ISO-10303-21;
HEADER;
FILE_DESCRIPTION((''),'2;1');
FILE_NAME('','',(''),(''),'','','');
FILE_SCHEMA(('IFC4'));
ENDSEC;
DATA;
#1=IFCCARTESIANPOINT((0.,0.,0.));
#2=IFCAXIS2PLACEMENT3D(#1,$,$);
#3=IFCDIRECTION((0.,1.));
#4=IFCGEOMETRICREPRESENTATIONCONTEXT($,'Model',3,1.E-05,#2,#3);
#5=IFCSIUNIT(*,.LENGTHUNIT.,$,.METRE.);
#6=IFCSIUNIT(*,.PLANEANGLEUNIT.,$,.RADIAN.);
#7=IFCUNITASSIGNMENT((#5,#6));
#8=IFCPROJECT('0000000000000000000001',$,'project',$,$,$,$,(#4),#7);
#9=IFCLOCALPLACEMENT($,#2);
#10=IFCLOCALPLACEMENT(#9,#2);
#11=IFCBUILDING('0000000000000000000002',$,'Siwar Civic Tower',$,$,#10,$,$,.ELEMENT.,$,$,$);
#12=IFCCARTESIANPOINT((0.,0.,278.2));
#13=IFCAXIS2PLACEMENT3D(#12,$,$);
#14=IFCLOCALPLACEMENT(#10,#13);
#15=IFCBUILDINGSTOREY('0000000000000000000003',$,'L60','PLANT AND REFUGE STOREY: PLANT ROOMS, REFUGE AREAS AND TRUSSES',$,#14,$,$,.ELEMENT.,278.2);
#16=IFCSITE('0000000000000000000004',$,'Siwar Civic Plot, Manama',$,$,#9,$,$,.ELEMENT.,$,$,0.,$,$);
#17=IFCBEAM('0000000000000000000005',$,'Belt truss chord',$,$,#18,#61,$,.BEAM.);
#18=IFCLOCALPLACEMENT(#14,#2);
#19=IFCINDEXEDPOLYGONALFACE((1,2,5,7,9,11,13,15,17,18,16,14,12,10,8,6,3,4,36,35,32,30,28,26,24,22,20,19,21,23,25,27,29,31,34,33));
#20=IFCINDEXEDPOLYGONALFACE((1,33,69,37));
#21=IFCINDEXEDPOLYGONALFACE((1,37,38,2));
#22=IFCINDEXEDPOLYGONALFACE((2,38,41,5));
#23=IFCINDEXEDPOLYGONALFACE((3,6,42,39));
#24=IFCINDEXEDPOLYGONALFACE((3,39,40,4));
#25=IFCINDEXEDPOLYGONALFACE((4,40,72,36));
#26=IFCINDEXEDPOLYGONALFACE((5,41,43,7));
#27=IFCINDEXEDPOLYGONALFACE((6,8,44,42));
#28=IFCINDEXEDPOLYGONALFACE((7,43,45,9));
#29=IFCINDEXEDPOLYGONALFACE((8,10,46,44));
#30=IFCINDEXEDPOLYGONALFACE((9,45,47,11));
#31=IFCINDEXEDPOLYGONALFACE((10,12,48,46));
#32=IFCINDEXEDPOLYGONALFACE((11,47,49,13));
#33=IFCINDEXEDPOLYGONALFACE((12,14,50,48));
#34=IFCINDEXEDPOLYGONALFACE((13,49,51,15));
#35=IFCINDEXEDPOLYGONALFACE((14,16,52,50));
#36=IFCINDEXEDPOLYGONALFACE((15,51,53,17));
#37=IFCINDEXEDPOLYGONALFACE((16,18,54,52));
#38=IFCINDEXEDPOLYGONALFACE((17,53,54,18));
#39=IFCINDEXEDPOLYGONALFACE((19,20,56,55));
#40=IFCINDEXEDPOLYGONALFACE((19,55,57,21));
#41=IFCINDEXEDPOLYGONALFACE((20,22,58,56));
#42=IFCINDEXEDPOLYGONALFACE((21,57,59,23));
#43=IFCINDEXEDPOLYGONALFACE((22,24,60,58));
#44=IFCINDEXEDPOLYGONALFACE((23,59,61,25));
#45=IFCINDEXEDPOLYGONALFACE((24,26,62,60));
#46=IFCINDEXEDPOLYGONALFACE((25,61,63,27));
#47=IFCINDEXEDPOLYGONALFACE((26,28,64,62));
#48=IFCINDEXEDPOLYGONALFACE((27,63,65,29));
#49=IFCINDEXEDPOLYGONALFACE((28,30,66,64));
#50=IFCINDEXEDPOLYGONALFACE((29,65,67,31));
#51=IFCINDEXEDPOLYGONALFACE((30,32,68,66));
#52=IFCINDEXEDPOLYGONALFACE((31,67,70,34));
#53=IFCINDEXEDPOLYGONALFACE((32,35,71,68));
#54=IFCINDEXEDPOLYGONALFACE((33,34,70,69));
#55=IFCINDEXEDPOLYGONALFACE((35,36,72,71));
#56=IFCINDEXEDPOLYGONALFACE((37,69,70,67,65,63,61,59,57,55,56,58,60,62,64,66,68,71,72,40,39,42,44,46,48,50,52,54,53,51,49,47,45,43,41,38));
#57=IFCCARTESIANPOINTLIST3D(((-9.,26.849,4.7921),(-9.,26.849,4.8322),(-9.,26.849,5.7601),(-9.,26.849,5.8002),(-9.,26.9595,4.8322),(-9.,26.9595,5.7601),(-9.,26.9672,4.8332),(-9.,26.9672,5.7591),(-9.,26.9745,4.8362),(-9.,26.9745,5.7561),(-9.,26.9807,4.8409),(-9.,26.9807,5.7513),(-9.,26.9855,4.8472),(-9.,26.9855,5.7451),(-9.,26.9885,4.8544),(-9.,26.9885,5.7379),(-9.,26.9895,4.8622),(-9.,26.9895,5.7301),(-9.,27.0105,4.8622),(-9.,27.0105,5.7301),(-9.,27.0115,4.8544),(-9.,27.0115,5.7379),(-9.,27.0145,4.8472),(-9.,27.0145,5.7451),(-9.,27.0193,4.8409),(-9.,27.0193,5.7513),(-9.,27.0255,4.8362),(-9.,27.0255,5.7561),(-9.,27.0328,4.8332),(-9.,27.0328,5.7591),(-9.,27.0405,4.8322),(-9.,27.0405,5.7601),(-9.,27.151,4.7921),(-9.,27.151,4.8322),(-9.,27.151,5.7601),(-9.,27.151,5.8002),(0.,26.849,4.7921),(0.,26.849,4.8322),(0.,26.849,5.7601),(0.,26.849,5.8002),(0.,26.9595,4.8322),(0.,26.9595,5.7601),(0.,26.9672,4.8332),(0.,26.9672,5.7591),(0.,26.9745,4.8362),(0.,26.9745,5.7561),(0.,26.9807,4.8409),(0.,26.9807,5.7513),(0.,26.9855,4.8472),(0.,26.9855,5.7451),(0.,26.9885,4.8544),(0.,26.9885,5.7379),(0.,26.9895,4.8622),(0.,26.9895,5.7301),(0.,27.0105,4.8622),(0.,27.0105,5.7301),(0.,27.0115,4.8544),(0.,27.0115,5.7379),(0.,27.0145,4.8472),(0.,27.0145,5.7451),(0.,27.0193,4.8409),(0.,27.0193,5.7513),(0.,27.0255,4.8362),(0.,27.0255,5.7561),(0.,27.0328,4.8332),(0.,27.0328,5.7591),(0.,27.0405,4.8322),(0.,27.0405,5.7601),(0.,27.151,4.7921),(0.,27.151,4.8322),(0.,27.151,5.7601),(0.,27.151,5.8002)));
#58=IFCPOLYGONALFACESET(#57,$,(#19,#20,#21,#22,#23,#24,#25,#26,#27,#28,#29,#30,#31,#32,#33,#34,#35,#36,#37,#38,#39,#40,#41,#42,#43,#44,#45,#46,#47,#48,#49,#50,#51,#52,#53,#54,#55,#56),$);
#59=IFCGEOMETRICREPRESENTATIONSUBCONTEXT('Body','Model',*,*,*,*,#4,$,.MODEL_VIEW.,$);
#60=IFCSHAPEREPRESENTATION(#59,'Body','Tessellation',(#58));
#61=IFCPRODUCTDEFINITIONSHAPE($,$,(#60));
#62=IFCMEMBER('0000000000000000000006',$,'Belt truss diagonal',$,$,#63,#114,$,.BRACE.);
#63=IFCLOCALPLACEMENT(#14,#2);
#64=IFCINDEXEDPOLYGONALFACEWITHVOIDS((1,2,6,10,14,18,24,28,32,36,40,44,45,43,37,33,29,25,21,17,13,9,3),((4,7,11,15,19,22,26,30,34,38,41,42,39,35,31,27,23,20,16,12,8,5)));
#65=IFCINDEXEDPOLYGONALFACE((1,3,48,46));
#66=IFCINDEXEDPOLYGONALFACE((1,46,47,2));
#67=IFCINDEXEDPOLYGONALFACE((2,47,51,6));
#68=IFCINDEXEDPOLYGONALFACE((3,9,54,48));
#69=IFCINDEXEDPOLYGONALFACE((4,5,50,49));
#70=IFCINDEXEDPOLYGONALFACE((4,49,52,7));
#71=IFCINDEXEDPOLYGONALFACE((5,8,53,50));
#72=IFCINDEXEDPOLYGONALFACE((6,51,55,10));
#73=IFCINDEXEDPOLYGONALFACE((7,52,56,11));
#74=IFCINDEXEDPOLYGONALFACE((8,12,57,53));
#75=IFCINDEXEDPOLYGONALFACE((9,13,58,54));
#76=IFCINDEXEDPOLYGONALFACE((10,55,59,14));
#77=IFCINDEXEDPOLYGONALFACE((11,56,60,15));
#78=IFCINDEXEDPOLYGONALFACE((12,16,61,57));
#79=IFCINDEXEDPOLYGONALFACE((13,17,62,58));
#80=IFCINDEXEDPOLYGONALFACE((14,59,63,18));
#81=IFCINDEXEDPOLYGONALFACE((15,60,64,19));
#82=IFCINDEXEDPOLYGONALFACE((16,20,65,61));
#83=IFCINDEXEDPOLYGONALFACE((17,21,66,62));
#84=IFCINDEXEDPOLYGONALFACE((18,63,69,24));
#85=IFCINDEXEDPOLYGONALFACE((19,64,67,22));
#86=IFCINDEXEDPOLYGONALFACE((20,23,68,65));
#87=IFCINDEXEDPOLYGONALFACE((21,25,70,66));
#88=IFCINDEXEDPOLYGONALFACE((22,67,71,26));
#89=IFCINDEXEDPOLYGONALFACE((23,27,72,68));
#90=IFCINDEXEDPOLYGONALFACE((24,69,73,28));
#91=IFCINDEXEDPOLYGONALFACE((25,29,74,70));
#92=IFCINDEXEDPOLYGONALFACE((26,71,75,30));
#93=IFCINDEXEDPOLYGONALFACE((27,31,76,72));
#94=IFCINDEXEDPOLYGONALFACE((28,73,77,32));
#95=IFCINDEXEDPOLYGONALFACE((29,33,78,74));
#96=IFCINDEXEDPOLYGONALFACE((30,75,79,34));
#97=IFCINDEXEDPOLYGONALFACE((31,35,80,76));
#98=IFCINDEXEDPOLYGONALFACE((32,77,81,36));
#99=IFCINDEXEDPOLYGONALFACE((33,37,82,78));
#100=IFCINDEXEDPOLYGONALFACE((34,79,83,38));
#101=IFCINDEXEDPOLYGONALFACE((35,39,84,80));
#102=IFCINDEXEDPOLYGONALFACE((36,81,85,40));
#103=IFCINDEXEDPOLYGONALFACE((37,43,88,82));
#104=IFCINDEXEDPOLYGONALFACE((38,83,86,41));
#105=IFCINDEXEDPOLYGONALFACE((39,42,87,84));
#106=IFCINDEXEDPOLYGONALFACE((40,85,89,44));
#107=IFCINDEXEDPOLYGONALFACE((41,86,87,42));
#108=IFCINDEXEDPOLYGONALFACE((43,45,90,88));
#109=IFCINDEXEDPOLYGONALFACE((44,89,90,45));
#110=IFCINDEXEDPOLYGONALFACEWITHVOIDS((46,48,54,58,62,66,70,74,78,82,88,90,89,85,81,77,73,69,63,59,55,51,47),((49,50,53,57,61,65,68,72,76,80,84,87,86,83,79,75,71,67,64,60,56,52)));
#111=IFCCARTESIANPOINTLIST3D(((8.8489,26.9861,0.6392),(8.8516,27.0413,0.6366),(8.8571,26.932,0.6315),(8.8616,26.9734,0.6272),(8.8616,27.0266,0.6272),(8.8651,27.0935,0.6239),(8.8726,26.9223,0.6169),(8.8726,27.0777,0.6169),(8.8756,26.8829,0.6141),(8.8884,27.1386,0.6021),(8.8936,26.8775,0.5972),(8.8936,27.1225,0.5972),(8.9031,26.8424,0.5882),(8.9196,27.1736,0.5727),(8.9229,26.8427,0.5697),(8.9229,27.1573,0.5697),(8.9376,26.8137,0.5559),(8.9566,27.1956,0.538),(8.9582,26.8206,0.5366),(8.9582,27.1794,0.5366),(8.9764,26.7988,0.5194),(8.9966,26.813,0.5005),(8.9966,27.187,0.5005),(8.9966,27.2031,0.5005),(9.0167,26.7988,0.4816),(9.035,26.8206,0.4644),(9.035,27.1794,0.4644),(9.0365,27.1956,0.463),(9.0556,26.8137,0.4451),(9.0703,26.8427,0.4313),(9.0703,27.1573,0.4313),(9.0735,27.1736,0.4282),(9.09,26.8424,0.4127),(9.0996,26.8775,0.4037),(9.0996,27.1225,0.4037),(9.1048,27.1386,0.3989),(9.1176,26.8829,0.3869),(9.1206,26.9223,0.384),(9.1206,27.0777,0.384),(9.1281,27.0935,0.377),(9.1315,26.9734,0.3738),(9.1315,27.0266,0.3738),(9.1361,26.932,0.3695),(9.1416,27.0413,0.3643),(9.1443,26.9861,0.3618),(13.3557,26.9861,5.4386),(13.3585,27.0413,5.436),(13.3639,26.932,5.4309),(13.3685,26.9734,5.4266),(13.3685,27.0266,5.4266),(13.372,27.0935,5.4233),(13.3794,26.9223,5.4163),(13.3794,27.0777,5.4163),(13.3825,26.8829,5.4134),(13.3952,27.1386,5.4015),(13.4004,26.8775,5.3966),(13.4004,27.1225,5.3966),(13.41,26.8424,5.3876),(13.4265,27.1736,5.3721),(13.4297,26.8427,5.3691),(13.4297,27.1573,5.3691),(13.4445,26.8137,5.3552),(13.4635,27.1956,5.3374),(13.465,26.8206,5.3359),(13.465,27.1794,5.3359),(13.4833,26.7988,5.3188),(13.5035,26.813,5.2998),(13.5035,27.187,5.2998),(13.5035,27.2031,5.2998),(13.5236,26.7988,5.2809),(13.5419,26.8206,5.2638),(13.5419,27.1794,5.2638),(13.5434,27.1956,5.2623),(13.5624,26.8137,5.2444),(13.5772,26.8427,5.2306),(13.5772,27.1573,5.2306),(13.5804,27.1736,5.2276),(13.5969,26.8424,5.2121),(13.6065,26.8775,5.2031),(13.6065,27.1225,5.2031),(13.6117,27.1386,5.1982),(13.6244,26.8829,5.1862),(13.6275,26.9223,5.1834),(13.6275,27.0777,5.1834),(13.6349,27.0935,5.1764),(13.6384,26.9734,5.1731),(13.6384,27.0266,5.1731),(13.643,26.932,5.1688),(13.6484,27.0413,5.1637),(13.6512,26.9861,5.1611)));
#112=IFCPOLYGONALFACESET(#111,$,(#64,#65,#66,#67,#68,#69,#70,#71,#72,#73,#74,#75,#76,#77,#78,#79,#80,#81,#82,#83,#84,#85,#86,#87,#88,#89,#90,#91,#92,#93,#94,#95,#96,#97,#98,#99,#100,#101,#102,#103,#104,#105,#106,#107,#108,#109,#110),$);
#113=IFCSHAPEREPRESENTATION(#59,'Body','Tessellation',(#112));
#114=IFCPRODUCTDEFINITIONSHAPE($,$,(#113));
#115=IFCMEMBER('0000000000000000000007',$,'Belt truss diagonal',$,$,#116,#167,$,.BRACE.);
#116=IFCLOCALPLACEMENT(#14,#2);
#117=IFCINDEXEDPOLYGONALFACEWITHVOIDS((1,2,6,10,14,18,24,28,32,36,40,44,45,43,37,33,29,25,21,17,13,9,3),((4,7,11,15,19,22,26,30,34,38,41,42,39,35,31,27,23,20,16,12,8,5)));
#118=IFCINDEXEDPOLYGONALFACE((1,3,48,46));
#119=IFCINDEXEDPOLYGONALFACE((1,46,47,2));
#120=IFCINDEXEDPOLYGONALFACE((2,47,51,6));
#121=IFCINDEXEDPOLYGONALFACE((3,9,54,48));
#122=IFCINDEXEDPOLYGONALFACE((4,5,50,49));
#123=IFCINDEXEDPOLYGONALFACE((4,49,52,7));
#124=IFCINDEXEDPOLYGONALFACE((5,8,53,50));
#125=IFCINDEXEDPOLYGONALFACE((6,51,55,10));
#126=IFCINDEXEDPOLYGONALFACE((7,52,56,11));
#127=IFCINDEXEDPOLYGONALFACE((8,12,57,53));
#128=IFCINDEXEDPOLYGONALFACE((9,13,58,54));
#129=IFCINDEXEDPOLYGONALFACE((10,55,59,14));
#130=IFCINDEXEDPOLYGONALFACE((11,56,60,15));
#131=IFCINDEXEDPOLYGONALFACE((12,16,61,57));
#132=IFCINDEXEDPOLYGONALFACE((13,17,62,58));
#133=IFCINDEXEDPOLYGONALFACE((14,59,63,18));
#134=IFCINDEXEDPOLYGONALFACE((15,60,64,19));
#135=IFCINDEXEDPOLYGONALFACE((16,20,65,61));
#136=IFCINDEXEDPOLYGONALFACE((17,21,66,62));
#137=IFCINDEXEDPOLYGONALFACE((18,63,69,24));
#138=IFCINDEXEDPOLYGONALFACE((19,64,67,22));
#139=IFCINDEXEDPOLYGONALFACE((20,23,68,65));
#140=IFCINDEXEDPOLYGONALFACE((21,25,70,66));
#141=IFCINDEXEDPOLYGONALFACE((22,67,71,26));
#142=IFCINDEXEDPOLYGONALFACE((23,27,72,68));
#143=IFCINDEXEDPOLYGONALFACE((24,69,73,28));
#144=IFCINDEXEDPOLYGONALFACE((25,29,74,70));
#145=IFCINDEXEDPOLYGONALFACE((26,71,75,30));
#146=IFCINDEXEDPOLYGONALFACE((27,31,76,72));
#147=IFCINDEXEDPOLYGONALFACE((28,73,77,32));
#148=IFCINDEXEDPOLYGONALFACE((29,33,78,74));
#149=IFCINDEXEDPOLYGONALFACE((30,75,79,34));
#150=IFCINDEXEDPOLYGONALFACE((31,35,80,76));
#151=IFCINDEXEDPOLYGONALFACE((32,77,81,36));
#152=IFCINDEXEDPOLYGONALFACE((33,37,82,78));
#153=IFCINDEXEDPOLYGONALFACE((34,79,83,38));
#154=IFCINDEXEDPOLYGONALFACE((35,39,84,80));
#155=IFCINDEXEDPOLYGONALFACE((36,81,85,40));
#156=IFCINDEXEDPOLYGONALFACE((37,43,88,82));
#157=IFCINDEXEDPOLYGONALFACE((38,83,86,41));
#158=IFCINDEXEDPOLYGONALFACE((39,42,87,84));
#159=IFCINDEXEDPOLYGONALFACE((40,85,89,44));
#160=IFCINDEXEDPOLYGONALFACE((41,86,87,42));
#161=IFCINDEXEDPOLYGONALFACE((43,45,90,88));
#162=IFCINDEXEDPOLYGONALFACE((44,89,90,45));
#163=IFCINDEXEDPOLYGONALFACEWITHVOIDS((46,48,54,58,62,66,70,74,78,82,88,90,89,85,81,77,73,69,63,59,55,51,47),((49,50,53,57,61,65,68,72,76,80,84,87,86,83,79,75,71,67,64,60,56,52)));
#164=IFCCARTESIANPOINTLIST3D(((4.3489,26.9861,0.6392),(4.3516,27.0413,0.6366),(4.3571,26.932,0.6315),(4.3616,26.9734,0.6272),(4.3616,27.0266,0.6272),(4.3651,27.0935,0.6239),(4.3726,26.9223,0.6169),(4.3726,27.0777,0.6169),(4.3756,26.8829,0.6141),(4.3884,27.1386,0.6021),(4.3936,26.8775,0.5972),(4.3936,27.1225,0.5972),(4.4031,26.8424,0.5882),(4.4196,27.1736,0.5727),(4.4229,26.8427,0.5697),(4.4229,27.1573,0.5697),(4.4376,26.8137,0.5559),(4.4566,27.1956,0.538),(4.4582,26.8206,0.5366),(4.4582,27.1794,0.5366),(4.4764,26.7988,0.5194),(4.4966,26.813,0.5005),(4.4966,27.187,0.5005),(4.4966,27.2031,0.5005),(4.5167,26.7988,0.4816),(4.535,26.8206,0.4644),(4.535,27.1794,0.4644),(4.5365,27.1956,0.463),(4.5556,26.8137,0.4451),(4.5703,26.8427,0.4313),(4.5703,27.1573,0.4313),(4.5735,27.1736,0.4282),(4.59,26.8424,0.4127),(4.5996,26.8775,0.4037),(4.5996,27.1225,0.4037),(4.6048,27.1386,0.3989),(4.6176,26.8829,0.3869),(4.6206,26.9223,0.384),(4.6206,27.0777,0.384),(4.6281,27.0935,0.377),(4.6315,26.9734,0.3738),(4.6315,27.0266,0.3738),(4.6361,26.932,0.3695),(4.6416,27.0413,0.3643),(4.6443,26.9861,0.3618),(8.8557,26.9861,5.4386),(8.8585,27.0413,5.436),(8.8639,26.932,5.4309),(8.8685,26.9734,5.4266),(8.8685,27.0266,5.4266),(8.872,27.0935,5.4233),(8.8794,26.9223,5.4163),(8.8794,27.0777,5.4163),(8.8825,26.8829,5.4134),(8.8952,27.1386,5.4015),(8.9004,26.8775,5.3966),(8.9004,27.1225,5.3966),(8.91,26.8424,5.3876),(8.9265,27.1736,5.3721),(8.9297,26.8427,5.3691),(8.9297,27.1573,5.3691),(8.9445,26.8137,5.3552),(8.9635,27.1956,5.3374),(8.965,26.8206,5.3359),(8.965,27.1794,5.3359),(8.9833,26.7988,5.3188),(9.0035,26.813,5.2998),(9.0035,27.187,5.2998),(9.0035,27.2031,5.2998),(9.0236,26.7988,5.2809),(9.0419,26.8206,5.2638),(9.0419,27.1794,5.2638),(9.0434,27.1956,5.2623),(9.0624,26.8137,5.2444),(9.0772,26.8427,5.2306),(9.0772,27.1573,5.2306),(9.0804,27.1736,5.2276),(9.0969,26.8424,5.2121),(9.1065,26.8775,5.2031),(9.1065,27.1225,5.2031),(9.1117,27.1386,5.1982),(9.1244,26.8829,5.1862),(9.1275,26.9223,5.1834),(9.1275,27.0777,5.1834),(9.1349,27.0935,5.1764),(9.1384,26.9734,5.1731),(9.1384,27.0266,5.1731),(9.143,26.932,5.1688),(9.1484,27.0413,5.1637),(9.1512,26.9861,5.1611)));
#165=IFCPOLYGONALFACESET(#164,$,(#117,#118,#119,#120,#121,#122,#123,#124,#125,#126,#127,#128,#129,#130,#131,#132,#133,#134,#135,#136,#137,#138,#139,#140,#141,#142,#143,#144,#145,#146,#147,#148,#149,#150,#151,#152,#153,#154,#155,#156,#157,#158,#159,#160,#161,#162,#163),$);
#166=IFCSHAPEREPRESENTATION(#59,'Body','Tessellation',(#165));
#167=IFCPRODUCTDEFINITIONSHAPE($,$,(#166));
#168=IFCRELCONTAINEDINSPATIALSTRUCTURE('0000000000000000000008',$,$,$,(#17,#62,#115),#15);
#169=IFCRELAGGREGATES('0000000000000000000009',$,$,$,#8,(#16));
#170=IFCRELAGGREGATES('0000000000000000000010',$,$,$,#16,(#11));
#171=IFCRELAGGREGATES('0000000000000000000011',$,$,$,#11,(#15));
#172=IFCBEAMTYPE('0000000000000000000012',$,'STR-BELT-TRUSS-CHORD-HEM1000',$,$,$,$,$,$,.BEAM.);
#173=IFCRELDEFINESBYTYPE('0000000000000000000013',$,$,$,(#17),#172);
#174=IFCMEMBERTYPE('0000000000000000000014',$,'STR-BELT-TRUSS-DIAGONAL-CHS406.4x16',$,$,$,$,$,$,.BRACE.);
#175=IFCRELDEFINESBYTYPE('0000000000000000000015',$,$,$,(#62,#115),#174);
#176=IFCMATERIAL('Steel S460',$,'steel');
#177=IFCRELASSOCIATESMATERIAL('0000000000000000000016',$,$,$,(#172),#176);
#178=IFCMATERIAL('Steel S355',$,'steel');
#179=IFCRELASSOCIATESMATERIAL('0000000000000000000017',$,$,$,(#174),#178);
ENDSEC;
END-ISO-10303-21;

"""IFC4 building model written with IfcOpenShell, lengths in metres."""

from ifc_helpers import new_model, si_unit, direction, frame, origin, origin_2d, place, context, subcontext, project, spatial, hollow_circle, i_section, extrude, material, material_profile, profile_set, type_object, element, save


model = new_model("IFC4")

# Units and contexts
model_context = context("Model", 3, precision=1e-05, world=origin(), true_north=direction((0.0, 1.0)))
body_context = subcontext(model_context, "Body", "Model", "MODEL_VIEW")
ifc_project = project(units=[si_unit("LENGTHUNIT", "METRE"), si_unit("PLANEANGLEUNIT", "RADIAN")], contexts=[model_context])

# Site, building, storey
site_placement = place(None, origin())
site = spatial("IfcSite", under=ifc_project, at=site_placement, Name="Siwar Civic Plot, Manama", CompositionType="ELEMENT", RefElevation=0.0)
building_placement = place(site_placement, origin())
building = spatial("IfcBuilding", under=site, at=building_placement, Name="Siwar Civic Tower", CompositionType="ELEMENT")
storey_placement = place(building_placement, frame((0.0, 0.0, 278.2)))
storey = spatial("IfcBuildingStorey", under=building, at=storey_placement, Name="L60", Description="PLANT AND REFUGE STOREY: PLANT ROOMS, REFUGE AREAS AND TRUSSES", CompositionType="ELEMENT", Elevation=278.2)

# Beam
ifc_material_1 = material(Name="Steel S460", Category="steel")
ifc_material_profile_1 = material_profile(ifc_material_1, i_section(OverallWidth=0.302, OverallDepth=1.0081, WebThickness=0.021, FlangeThickness=0.04, FilletRadius=0.03, at=origin_2d()), Name="HEM1000")
ifc_profile_set_1 = profile_set([ifc_material_profile_1], Name="Steel S460")
beam_type_1 = type_object("IfcBeamType", Name="STR-BELT-TRUSS-CHORD-HEM1000", PredefinedType="BEAM", material=ifc_profile_set_1)
for number, where, z_axis, x_axis, name in (
    (1, (0.0, 27.0, 5.2961), (-1.0, 0.0, 0.0), (0.0, -1.0, 0.0), "Belt truss chord"),
):
    element("IfcBeam", number, at=place(storey_placement, frame(where, z_axis=z_axis, x_axis=x_axis)), inside=storey, type_object=beam_type_1, Name=name, PredefinedType="BEAM", context=body_context, shape_type="SweptSolid", body=[
        extrude(i_section(OverallWidth=0.302, OverallDepth=1.0081, WebThickness=0.021, FlangeThickness=0.04, FilletRadius=0.03, at=origin_2d()), origin(), (0.0, 0.0, 1.0), 9.0),
    ])

# Members
ifc_material_2 = material(Name="Steel S355", Category="steel")
ifc_material_profile_2 = material_profile(ifc_material_2, hollow_circle(Radius=0.2031, WallThickness=0.0161, at=origin_2d()), Name="CHS406.4x16")
ifc_profile_set_2 = profile_set([ifc_material_profile_2], Name="Steel S355")
member_type_1 = type_object("IfcMemberType", Name="STR-BELT-TRUSS-DIAGONAL-CHS406.4x16", PredefinedType="BRACE", material=ifc_profile_set_2)
for number, where, z_axis, x_axis, name in (
    (2, (8.9966, 27.0, 0.5005), (0.684545, 0.0, 0.72897), (0.0, 1.0, 0.0), "Belt truss diagonal"),
    (3, (4.4966, 27.0, 0.5005), (0.684545, 0.0, 0.72897), (0.0, 1.0, 0.0), "Belt truss diagonal"),
):
    element("IfcMember", number, at=place(storey_placement, frame(where, z_axis=z_axis, x_axis=x_axis)), inside=storey, type_object=member_type_1, Name=name, PredefinedType="BRACE", context=body_context, shape_type="SweptSolid", body=[
        extrude(hollow_circle(Radius=0.2031, WallThickness=0.0161, at=origin_2d()), origin(), (0.0, 0.0, 1.0), 6.5837),
    ])

save(model, "model.ifc")
